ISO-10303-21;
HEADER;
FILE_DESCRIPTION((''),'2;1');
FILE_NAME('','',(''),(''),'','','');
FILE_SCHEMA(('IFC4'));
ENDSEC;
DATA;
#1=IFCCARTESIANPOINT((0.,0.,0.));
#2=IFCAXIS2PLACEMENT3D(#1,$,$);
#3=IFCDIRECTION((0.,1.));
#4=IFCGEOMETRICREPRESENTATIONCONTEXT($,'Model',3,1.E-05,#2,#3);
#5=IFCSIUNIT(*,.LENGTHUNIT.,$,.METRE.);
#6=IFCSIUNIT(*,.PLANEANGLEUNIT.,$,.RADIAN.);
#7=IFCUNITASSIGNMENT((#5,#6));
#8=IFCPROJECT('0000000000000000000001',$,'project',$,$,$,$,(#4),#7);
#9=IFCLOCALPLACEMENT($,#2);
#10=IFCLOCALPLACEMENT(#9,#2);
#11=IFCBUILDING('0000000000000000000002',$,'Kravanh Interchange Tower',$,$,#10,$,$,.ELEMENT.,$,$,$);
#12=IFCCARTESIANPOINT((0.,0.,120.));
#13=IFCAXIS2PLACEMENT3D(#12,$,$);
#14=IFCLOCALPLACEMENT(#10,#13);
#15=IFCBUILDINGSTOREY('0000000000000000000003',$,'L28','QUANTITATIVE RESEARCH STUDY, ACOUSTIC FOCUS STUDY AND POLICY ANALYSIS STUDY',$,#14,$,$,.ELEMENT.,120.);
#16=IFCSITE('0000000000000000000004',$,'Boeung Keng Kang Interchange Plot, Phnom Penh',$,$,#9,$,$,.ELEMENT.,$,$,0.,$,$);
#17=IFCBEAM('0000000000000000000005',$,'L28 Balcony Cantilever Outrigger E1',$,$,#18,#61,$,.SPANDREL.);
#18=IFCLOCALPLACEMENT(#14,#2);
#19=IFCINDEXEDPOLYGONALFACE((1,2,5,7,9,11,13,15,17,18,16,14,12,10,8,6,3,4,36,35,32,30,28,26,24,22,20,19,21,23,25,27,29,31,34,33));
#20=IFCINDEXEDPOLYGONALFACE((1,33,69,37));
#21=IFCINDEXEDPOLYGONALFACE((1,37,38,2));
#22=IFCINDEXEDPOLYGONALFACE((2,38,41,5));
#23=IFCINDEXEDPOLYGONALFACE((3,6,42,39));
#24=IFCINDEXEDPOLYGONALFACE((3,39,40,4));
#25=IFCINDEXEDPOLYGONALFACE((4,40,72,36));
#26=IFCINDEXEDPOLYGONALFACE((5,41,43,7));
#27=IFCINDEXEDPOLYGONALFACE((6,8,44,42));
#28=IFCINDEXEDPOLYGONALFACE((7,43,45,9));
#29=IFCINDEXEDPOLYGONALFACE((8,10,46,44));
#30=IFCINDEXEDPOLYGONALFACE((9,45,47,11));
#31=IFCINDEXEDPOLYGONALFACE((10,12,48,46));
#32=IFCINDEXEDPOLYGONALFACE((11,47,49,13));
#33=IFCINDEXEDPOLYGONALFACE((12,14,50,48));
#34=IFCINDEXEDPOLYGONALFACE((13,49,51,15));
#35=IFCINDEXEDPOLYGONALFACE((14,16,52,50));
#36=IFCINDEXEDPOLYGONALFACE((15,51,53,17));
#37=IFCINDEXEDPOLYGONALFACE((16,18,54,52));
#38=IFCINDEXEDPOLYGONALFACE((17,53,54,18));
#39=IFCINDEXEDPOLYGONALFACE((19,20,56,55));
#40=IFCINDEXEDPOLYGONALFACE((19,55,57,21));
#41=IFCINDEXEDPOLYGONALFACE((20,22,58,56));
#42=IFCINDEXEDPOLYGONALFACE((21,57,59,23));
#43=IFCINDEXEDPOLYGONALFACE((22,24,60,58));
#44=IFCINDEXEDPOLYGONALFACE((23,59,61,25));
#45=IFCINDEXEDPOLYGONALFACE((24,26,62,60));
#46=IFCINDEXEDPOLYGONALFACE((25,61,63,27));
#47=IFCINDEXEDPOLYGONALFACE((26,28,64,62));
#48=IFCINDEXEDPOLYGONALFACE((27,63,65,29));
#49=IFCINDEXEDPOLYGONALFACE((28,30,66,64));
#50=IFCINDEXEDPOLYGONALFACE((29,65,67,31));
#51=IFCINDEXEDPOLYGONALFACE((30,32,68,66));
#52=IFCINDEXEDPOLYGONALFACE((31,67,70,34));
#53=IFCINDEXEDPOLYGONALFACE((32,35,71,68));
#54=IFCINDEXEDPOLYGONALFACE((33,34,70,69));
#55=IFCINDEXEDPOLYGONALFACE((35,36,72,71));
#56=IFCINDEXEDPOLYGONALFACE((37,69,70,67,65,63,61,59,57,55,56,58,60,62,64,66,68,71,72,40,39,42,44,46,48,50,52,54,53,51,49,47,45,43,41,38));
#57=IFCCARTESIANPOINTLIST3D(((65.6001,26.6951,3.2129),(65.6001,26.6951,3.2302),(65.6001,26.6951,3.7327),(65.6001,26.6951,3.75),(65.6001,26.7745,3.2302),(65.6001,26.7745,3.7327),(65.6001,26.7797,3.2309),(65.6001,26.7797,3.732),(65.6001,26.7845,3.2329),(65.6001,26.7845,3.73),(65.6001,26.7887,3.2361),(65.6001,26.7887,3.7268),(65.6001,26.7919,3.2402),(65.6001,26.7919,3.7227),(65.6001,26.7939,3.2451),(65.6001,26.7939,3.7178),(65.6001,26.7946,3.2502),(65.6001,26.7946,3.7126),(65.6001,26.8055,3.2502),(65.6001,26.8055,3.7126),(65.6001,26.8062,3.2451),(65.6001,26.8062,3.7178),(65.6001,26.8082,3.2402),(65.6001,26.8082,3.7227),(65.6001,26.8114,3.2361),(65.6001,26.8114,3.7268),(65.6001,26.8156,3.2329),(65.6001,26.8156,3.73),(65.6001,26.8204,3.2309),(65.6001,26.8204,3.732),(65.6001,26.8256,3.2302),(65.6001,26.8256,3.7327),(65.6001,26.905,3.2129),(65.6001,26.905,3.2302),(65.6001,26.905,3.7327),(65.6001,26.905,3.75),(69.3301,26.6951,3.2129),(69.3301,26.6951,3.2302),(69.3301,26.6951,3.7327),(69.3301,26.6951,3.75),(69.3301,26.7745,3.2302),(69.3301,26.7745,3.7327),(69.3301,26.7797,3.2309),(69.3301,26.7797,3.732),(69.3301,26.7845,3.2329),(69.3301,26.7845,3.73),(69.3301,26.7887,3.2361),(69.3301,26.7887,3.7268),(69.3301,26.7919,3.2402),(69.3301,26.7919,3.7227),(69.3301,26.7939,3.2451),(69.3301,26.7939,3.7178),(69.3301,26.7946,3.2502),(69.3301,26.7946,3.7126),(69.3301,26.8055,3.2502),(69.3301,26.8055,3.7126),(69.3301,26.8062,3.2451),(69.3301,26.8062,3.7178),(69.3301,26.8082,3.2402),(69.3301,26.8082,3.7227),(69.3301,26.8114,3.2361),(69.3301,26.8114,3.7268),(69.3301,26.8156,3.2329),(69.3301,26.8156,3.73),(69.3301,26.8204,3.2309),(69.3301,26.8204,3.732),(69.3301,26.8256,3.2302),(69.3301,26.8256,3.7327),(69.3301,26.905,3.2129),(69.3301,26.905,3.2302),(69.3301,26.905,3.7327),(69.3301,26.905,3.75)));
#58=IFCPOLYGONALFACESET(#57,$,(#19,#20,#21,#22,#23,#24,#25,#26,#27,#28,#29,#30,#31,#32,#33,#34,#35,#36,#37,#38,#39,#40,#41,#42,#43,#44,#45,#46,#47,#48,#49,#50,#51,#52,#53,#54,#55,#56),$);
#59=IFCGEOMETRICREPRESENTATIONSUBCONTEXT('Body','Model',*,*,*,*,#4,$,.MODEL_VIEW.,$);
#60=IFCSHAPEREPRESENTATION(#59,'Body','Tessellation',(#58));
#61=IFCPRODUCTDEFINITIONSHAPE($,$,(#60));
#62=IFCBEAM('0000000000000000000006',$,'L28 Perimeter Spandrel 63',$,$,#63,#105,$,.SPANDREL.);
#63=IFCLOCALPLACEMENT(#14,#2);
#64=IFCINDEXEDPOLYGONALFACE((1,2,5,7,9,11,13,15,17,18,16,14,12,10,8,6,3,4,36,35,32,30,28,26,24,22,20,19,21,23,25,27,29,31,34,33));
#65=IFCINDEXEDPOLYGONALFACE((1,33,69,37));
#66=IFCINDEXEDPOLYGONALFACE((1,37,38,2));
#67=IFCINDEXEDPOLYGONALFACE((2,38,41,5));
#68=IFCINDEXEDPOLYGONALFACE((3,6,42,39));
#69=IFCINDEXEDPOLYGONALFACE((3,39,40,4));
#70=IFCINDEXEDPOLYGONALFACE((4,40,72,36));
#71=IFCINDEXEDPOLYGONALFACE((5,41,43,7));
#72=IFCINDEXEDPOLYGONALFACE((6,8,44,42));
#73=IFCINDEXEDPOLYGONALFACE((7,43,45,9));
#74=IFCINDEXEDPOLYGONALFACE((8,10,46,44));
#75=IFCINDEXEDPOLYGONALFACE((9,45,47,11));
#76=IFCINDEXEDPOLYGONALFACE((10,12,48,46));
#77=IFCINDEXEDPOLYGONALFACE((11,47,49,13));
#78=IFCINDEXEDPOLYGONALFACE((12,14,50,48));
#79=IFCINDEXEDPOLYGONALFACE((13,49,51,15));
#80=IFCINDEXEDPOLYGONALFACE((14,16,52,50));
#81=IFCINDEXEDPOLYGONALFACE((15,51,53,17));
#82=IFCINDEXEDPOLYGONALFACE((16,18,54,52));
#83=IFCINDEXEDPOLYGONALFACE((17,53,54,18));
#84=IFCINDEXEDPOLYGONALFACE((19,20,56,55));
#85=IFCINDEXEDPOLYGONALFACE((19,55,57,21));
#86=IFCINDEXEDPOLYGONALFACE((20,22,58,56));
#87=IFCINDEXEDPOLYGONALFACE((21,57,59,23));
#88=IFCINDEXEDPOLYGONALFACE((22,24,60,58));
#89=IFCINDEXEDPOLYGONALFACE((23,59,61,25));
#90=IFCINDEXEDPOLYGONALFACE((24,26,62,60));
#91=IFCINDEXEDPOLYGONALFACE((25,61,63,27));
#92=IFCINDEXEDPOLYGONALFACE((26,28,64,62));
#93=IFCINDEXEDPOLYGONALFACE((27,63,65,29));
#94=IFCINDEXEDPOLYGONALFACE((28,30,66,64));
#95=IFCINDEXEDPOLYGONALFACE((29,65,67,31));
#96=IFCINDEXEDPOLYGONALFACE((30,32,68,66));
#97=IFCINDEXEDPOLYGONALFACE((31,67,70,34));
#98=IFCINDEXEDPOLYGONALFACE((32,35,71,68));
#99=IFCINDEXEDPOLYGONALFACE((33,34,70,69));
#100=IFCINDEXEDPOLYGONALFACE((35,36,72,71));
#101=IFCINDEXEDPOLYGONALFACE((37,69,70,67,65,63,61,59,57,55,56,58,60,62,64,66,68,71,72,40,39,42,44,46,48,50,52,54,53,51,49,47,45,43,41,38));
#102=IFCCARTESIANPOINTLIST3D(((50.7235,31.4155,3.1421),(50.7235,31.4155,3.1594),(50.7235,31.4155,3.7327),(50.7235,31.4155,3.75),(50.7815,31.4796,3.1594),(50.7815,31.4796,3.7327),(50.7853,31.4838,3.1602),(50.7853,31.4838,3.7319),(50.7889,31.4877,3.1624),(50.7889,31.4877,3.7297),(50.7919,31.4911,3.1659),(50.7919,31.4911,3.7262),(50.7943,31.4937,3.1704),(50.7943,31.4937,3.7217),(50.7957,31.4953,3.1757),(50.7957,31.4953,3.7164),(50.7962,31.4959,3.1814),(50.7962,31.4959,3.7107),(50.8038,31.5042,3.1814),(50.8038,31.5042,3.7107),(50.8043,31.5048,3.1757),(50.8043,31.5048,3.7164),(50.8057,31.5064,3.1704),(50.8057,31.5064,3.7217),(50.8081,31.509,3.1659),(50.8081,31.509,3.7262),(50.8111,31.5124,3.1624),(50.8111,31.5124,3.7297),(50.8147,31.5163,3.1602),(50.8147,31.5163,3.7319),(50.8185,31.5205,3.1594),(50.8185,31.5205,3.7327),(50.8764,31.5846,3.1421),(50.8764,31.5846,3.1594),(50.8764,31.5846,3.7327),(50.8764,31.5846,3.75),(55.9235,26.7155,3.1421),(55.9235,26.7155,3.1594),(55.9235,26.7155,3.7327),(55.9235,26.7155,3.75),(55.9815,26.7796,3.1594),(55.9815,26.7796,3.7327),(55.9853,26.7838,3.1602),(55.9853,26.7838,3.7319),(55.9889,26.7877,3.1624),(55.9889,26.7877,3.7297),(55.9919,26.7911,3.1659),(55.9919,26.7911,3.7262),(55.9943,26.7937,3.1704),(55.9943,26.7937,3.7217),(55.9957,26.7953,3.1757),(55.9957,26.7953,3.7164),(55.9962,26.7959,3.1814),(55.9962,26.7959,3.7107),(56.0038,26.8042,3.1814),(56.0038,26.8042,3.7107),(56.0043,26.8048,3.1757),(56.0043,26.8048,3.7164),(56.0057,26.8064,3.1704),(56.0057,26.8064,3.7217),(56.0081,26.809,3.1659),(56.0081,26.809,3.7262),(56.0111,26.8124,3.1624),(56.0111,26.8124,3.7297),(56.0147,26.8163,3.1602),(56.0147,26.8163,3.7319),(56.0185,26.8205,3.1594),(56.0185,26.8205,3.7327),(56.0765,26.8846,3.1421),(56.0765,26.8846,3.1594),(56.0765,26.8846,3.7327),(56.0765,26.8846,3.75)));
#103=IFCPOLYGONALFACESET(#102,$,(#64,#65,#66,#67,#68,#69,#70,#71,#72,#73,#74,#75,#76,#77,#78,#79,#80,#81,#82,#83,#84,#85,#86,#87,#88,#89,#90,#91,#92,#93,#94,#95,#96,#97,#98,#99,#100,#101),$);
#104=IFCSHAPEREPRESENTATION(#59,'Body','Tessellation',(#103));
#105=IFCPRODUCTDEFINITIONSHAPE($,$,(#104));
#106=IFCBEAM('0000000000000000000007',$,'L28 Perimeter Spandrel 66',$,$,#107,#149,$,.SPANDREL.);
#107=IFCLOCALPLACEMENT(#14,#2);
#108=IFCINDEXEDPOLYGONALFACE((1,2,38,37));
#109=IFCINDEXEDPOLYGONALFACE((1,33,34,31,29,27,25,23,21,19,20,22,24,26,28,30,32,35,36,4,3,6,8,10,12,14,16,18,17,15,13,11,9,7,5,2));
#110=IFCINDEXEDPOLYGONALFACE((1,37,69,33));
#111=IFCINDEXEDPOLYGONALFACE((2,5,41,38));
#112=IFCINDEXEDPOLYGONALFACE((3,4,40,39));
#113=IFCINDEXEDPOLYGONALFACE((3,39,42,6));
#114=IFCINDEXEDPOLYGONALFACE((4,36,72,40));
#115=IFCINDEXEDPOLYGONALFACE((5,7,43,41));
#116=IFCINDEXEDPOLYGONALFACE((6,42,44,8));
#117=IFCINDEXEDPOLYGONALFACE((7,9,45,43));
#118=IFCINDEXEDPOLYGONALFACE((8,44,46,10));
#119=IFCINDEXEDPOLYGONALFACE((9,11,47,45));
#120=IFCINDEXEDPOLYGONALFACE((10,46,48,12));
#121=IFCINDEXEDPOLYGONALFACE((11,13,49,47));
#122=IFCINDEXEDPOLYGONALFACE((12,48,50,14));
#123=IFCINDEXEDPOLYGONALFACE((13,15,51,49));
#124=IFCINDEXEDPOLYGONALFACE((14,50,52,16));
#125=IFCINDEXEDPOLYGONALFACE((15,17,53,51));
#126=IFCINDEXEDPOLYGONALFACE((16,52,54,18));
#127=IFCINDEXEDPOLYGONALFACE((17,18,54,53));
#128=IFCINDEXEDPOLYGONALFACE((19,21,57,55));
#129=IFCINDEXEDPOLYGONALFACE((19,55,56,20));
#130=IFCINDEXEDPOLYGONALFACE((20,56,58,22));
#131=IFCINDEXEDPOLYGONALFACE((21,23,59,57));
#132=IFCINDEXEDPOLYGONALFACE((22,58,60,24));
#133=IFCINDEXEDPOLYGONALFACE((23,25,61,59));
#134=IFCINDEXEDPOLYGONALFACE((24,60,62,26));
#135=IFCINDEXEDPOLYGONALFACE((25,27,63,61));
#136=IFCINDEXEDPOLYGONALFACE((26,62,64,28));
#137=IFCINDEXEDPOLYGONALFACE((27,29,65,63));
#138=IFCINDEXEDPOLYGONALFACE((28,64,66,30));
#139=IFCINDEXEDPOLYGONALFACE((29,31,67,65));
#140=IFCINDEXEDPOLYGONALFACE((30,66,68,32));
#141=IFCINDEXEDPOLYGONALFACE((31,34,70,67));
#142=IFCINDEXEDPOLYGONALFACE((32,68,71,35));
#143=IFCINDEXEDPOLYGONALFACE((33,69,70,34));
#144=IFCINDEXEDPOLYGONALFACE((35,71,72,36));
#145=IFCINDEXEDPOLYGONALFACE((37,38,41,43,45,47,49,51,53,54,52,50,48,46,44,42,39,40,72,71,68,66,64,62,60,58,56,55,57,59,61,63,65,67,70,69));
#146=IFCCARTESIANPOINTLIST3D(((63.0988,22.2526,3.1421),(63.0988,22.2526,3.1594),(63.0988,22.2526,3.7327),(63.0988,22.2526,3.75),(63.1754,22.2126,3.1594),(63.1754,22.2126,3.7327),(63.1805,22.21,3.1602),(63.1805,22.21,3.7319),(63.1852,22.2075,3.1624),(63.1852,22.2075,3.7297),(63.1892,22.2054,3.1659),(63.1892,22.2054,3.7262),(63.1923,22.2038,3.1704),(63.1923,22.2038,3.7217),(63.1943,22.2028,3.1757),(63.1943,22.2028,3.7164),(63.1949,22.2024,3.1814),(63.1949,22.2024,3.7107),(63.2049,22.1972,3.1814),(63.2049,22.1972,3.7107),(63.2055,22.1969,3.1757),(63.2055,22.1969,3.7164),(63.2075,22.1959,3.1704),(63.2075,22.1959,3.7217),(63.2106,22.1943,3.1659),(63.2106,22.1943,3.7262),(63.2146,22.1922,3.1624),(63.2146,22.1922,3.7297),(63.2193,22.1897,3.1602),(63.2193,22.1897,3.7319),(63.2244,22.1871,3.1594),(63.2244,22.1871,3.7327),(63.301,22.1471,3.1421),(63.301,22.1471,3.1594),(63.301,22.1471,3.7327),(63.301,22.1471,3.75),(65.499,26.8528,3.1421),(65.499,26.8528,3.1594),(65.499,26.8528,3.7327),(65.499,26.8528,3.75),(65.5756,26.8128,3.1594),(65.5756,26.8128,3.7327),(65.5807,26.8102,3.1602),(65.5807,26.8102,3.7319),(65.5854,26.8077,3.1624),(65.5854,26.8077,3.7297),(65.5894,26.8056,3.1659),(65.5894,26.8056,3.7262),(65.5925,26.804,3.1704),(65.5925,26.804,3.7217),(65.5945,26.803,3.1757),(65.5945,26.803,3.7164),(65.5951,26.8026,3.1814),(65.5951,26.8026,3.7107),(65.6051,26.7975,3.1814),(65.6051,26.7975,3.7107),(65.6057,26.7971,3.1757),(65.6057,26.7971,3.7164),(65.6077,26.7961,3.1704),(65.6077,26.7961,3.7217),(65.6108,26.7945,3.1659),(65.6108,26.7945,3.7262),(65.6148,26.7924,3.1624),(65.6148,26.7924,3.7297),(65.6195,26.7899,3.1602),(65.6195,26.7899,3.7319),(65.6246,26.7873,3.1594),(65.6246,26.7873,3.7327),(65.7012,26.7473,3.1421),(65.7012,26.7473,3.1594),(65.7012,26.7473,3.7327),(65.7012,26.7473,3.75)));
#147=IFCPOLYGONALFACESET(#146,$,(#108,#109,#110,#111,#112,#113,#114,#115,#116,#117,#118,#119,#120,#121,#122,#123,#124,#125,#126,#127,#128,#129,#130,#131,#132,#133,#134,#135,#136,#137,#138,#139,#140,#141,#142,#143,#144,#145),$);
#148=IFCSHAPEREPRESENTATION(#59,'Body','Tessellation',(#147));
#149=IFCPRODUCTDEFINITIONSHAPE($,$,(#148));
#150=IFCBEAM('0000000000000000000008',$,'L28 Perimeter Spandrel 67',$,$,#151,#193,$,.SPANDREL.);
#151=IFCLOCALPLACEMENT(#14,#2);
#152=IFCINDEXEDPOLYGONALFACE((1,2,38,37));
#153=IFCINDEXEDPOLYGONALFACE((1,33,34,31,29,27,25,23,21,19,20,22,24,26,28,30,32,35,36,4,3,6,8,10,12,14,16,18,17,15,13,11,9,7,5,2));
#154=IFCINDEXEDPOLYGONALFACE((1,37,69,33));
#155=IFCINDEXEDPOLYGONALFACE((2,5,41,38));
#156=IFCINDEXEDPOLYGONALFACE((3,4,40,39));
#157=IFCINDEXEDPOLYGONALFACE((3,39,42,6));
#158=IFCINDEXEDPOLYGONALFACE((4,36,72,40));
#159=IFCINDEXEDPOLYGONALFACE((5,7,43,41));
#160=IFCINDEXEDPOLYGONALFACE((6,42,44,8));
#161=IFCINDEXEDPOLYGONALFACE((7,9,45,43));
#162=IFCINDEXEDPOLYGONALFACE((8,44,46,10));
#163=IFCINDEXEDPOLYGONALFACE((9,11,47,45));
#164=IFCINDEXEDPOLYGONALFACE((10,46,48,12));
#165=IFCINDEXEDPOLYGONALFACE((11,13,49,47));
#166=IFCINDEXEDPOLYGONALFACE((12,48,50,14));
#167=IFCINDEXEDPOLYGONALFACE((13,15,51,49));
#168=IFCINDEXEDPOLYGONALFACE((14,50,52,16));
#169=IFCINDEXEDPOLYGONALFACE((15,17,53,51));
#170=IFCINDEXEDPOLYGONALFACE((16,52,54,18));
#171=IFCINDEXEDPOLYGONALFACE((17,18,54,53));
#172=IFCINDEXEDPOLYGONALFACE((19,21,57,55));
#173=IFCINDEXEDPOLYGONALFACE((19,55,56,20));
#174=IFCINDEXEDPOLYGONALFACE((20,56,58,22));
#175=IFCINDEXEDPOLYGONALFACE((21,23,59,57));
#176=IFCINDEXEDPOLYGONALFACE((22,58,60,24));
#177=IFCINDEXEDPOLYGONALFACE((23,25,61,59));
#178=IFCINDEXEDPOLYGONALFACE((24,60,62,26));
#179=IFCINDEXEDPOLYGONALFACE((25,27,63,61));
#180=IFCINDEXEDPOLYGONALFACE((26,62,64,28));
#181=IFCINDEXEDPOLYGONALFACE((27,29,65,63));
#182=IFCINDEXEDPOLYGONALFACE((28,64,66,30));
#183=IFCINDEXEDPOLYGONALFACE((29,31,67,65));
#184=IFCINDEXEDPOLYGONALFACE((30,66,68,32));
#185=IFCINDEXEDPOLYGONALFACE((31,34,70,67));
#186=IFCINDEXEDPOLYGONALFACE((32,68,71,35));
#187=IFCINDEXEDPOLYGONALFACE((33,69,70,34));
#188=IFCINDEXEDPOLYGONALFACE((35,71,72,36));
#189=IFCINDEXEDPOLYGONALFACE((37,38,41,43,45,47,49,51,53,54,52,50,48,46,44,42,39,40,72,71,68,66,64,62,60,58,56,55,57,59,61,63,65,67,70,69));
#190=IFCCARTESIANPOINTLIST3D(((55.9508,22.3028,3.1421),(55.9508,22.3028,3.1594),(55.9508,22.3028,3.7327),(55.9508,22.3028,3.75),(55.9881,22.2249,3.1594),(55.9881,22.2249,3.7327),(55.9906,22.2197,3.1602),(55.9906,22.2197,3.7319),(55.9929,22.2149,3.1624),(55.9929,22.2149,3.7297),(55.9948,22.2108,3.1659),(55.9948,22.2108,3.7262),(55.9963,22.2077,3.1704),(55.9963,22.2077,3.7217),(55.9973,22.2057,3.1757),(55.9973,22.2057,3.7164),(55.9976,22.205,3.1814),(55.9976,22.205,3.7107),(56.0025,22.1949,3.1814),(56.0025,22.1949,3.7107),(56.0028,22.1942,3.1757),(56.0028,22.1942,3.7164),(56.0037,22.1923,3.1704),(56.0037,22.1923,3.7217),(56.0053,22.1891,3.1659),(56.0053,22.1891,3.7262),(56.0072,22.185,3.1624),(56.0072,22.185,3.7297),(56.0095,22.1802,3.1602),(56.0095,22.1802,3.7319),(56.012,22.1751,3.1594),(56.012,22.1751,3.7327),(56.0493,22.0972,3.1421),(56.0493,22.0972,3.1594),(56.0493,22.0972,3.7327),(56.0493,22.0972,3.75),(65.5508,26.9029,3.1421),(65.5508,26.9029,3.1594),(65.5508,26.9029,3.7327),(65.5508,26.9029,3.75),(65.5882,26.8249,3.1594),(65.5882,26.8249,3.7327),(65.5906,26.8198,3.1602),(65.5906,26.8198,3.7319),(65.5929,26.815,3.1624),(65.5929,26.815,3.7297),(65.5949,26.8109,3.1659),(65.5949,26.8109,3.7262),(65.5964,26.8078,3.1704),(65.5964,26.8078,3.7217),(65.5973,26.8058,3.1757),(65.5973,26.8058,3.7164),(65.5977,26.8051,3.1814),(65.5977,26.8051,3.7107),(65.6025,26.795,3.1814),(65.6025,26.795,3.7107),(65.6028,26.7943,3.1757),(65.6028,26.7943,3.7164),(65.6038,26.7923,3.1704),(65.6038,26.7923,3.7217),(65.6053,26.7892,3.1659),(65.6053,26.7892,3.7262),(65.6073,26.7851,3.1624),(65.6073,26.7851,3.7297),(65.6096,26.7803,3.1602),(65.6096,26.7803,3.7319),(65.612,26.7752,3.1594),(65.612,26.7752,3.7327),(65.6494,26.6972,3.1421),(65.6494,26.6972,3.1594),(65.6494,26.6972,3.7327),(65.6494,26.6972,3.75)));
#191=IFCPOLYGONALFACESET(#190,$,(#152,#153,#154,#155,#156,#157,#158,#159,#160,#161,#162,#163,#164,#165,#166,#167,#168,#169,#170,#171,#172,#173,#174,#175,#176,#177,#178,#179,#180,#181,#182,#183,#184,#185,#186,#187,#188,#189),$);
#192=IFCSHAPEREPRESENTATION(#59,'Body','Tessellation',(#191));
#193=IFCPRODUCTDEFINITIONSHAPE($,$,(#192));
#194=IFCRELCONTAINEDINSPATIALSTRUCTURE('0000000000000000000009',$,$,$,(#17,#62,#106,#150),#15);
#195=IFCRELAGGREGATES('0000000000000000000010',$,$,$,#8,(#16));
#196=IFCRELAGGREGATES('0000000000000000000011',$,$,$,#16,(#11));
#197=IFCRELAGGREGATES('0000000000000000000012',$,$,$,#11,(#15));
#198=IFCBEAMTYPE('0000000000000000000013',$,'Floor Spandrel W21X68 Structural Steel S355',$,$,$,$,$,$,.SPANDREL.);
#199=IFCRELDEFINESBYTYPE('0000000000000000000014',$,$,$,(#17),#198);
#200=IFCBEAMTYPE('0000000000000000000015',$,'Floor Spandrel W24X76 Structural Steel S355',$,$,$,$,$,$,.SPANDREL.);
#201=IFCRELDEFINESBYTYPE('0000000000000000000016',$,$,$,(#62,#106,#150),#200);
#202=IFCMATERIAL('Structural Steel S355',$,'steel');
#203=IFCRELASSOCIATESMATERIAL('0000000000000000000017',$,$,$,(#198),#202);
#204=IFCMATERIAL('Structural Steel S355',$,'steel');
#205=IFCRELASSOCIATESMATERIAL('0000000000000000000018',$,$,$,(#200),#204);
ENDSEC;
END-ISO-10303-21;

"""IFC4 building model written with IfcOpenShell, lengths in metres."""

from ifc_helpers import new_model, si_unit, direction, frame, origin, origin_2d, place, context, subcontext, project, spatial, i_section, extrude, material, material_profile, profile_set, type_object, element, save


model = new_model("IFC4")

# Units and contexts
model_context = context("Model", 3, precision=1e-05, world=origin(), true_north=direction((0.0, 1.0)))
body_context = subcontext(model_context, "Body", "Model", "MODEL_VIEW")
ifc_project = project(units=[si_unit("LENGTHUNIT", "METRE"), si_unit("PLANEANGLEUNIT", "RADIAN")], contexts=[model_context])

# Site, building, storey
site_placement = place(None, origin())
site = spatial("IfcSite", under=ifc_project, at=site_placement, Name="Boeung Keng Kang Interchange Plot, Phnom Penh", CompositionType="ELEMENT", RefElevation=0.0)
building_placement = place(site_placement, origin())
building = spatial("IfcBuilding", under=site, at=building_placement, Name="Kravanh Interchange Tower", CompositionType="ELEMENT")
storey_placement = place(building_placement, frame((0.0, 0.0, 120.0)))
storey = spatial("IfcBuildingStorey", under=building, at=storey_placement, Name="L28", Description="QUANTITATIVE RESEARCH STUDY, ACOUSTIC FOCUS STUDY AND POLICY ANALYSIS STUDY", CompositionType="ELEMENT", Elevation=120.0)

# Beams
ifc_material_1 = material(Name="Structural Steel S355", Category="steel")
ifc_material_profile_1 = material_profile(ifc_material_1, i_section(OverallWidth=0.21, OverallDepth=0.5371, WebThickness=0.011, FlangeThickness=0.0173, FilletRadius=0.02, at=origin_2d()), Name="W21X68")
ifc_profile_set_1 = profile_set([ifc_material_profile_1], Name="Structural Steel S355")
beam_type_1 = type_object("IfcBeamType", Name="Floor Spandrel W21X68 Structural Steel S355", PredefinedType="SPANDREL", material=ifc_profile_set_1)
beam_1_placement = place(storey_placement, frame((65.6001, 26.8, 3.4814), z_axis=(1.0, 0.0, 0.0), x_axis=(0.0, 1.0, 0.0)))
element("IfcBeam", 1, at=beam_1_placement, inside=storey, type_object=beam_type_1, Name="L28 Balcony Cantilever Outrigger E1", PredefinedType="SPANDREL", context=body_context, shape_type="SweptSolid", body=[
    extrude(i_section(OverallWidth=0.21, OverallDepth=0.5371, WebThickness=0.011, FlangeThickness=0.0173, FilletRadius=0.02, at=origin_2d()), origin(), (0.0, 0.0, 1.0), 3.73),
])
ifc_material_2 = material(Name="Structural Steel S355", Category="steel")
ifc_material_profile_2 = material_profile(ifc_material_2, i_section(OverallWidth=0.228, OverallDepth=0.6079, WebThickness=0.0112, FlangeThickness=0.0173, FilletRadius=0.022, at=origin_2d()), Name="W24X76")
ifc_profile_set_2 = profile_set([ifc_material_profile_2], Name="Structural Steel S355")
beam_type_2 = type_object("IfcBeamType", Name="Floor Spandrel W24X76 Structural Steel S355", PredefinedType="SPANDREL", material=ifc_profile_set_2)
beam_2_placement = place(storey_placement, frame((56.0, 26.8, 3.446), z_axis=(-0.741874, 0.670539, 0.0), x_axis=(-0.670539, -0.741874, 0.0)))
element("IfcBeam", 2, at=beam_2_placement, inside=storey, type_object=beam_type_2, Name="L28 Perimeter Spandrel 63", PredefinedType="SPANDREL", context=body_context, shape_type="SweptSolid", body=[
    extrude(i_section(OverallWidth=0.228, OverallDepth=0.6079, WebThickness=0.0112, FlangeThickness=0.0173, FilletRadius=0.022, at=origin_2d()), origin(), (0.0, 0.0, 1.0), 7.0093),
])
beam_3_placement = place(storey_placement, frame((65.6001, 26.8, 3.446), z_axis=(-0.46258, -0.886577, 0.0), x_axis=(0.886577, -0.46258, 0.0)))
element("IfcBeam", 3, at=beam_3_placement, inside=storey, type_object=beam_type_2, Name="L28 Perimeter Spandrel 66", PredefinedType="SPANDREL", context=body_context, shape_type="SweptSolid", body=[
    extrude(i_section(OverallWidth=0.228, OverallDepth=0.6079, WebThickness=0.0112, FlangeThickness=0.0173, FilletRadius=0.022, at=origin_2d()), origin(), (0.0, 0.0, 1.0), 5.1887),
])
beam_4_placement = place(storey_placement, frame((65.6001, 26.8, 3.446), z_axis=(-0.901814, -0.432124, 0.0), x_axis=(0.432124, -0.901814, 0.0)))
element("IfcBeam", 4, at=beam_4_placement, inside=storey, type_object=beam_type_2, Name="L28 Perimeter Spandrel 67", PredefinedType="SPANDREL", context=body_context, shape_type="SweptSolid", body=[
    extrude(i_section(OverallWidth=0.228, OverallDepth=0.6079, WebThickness=0.0112, FlangeThickness=0.0173, FilletRadius=0.022, at=origin_2d()), origin(), (0.0, 0.0, 1.0), 10.6453),
])

save(model, "model.ifc")
